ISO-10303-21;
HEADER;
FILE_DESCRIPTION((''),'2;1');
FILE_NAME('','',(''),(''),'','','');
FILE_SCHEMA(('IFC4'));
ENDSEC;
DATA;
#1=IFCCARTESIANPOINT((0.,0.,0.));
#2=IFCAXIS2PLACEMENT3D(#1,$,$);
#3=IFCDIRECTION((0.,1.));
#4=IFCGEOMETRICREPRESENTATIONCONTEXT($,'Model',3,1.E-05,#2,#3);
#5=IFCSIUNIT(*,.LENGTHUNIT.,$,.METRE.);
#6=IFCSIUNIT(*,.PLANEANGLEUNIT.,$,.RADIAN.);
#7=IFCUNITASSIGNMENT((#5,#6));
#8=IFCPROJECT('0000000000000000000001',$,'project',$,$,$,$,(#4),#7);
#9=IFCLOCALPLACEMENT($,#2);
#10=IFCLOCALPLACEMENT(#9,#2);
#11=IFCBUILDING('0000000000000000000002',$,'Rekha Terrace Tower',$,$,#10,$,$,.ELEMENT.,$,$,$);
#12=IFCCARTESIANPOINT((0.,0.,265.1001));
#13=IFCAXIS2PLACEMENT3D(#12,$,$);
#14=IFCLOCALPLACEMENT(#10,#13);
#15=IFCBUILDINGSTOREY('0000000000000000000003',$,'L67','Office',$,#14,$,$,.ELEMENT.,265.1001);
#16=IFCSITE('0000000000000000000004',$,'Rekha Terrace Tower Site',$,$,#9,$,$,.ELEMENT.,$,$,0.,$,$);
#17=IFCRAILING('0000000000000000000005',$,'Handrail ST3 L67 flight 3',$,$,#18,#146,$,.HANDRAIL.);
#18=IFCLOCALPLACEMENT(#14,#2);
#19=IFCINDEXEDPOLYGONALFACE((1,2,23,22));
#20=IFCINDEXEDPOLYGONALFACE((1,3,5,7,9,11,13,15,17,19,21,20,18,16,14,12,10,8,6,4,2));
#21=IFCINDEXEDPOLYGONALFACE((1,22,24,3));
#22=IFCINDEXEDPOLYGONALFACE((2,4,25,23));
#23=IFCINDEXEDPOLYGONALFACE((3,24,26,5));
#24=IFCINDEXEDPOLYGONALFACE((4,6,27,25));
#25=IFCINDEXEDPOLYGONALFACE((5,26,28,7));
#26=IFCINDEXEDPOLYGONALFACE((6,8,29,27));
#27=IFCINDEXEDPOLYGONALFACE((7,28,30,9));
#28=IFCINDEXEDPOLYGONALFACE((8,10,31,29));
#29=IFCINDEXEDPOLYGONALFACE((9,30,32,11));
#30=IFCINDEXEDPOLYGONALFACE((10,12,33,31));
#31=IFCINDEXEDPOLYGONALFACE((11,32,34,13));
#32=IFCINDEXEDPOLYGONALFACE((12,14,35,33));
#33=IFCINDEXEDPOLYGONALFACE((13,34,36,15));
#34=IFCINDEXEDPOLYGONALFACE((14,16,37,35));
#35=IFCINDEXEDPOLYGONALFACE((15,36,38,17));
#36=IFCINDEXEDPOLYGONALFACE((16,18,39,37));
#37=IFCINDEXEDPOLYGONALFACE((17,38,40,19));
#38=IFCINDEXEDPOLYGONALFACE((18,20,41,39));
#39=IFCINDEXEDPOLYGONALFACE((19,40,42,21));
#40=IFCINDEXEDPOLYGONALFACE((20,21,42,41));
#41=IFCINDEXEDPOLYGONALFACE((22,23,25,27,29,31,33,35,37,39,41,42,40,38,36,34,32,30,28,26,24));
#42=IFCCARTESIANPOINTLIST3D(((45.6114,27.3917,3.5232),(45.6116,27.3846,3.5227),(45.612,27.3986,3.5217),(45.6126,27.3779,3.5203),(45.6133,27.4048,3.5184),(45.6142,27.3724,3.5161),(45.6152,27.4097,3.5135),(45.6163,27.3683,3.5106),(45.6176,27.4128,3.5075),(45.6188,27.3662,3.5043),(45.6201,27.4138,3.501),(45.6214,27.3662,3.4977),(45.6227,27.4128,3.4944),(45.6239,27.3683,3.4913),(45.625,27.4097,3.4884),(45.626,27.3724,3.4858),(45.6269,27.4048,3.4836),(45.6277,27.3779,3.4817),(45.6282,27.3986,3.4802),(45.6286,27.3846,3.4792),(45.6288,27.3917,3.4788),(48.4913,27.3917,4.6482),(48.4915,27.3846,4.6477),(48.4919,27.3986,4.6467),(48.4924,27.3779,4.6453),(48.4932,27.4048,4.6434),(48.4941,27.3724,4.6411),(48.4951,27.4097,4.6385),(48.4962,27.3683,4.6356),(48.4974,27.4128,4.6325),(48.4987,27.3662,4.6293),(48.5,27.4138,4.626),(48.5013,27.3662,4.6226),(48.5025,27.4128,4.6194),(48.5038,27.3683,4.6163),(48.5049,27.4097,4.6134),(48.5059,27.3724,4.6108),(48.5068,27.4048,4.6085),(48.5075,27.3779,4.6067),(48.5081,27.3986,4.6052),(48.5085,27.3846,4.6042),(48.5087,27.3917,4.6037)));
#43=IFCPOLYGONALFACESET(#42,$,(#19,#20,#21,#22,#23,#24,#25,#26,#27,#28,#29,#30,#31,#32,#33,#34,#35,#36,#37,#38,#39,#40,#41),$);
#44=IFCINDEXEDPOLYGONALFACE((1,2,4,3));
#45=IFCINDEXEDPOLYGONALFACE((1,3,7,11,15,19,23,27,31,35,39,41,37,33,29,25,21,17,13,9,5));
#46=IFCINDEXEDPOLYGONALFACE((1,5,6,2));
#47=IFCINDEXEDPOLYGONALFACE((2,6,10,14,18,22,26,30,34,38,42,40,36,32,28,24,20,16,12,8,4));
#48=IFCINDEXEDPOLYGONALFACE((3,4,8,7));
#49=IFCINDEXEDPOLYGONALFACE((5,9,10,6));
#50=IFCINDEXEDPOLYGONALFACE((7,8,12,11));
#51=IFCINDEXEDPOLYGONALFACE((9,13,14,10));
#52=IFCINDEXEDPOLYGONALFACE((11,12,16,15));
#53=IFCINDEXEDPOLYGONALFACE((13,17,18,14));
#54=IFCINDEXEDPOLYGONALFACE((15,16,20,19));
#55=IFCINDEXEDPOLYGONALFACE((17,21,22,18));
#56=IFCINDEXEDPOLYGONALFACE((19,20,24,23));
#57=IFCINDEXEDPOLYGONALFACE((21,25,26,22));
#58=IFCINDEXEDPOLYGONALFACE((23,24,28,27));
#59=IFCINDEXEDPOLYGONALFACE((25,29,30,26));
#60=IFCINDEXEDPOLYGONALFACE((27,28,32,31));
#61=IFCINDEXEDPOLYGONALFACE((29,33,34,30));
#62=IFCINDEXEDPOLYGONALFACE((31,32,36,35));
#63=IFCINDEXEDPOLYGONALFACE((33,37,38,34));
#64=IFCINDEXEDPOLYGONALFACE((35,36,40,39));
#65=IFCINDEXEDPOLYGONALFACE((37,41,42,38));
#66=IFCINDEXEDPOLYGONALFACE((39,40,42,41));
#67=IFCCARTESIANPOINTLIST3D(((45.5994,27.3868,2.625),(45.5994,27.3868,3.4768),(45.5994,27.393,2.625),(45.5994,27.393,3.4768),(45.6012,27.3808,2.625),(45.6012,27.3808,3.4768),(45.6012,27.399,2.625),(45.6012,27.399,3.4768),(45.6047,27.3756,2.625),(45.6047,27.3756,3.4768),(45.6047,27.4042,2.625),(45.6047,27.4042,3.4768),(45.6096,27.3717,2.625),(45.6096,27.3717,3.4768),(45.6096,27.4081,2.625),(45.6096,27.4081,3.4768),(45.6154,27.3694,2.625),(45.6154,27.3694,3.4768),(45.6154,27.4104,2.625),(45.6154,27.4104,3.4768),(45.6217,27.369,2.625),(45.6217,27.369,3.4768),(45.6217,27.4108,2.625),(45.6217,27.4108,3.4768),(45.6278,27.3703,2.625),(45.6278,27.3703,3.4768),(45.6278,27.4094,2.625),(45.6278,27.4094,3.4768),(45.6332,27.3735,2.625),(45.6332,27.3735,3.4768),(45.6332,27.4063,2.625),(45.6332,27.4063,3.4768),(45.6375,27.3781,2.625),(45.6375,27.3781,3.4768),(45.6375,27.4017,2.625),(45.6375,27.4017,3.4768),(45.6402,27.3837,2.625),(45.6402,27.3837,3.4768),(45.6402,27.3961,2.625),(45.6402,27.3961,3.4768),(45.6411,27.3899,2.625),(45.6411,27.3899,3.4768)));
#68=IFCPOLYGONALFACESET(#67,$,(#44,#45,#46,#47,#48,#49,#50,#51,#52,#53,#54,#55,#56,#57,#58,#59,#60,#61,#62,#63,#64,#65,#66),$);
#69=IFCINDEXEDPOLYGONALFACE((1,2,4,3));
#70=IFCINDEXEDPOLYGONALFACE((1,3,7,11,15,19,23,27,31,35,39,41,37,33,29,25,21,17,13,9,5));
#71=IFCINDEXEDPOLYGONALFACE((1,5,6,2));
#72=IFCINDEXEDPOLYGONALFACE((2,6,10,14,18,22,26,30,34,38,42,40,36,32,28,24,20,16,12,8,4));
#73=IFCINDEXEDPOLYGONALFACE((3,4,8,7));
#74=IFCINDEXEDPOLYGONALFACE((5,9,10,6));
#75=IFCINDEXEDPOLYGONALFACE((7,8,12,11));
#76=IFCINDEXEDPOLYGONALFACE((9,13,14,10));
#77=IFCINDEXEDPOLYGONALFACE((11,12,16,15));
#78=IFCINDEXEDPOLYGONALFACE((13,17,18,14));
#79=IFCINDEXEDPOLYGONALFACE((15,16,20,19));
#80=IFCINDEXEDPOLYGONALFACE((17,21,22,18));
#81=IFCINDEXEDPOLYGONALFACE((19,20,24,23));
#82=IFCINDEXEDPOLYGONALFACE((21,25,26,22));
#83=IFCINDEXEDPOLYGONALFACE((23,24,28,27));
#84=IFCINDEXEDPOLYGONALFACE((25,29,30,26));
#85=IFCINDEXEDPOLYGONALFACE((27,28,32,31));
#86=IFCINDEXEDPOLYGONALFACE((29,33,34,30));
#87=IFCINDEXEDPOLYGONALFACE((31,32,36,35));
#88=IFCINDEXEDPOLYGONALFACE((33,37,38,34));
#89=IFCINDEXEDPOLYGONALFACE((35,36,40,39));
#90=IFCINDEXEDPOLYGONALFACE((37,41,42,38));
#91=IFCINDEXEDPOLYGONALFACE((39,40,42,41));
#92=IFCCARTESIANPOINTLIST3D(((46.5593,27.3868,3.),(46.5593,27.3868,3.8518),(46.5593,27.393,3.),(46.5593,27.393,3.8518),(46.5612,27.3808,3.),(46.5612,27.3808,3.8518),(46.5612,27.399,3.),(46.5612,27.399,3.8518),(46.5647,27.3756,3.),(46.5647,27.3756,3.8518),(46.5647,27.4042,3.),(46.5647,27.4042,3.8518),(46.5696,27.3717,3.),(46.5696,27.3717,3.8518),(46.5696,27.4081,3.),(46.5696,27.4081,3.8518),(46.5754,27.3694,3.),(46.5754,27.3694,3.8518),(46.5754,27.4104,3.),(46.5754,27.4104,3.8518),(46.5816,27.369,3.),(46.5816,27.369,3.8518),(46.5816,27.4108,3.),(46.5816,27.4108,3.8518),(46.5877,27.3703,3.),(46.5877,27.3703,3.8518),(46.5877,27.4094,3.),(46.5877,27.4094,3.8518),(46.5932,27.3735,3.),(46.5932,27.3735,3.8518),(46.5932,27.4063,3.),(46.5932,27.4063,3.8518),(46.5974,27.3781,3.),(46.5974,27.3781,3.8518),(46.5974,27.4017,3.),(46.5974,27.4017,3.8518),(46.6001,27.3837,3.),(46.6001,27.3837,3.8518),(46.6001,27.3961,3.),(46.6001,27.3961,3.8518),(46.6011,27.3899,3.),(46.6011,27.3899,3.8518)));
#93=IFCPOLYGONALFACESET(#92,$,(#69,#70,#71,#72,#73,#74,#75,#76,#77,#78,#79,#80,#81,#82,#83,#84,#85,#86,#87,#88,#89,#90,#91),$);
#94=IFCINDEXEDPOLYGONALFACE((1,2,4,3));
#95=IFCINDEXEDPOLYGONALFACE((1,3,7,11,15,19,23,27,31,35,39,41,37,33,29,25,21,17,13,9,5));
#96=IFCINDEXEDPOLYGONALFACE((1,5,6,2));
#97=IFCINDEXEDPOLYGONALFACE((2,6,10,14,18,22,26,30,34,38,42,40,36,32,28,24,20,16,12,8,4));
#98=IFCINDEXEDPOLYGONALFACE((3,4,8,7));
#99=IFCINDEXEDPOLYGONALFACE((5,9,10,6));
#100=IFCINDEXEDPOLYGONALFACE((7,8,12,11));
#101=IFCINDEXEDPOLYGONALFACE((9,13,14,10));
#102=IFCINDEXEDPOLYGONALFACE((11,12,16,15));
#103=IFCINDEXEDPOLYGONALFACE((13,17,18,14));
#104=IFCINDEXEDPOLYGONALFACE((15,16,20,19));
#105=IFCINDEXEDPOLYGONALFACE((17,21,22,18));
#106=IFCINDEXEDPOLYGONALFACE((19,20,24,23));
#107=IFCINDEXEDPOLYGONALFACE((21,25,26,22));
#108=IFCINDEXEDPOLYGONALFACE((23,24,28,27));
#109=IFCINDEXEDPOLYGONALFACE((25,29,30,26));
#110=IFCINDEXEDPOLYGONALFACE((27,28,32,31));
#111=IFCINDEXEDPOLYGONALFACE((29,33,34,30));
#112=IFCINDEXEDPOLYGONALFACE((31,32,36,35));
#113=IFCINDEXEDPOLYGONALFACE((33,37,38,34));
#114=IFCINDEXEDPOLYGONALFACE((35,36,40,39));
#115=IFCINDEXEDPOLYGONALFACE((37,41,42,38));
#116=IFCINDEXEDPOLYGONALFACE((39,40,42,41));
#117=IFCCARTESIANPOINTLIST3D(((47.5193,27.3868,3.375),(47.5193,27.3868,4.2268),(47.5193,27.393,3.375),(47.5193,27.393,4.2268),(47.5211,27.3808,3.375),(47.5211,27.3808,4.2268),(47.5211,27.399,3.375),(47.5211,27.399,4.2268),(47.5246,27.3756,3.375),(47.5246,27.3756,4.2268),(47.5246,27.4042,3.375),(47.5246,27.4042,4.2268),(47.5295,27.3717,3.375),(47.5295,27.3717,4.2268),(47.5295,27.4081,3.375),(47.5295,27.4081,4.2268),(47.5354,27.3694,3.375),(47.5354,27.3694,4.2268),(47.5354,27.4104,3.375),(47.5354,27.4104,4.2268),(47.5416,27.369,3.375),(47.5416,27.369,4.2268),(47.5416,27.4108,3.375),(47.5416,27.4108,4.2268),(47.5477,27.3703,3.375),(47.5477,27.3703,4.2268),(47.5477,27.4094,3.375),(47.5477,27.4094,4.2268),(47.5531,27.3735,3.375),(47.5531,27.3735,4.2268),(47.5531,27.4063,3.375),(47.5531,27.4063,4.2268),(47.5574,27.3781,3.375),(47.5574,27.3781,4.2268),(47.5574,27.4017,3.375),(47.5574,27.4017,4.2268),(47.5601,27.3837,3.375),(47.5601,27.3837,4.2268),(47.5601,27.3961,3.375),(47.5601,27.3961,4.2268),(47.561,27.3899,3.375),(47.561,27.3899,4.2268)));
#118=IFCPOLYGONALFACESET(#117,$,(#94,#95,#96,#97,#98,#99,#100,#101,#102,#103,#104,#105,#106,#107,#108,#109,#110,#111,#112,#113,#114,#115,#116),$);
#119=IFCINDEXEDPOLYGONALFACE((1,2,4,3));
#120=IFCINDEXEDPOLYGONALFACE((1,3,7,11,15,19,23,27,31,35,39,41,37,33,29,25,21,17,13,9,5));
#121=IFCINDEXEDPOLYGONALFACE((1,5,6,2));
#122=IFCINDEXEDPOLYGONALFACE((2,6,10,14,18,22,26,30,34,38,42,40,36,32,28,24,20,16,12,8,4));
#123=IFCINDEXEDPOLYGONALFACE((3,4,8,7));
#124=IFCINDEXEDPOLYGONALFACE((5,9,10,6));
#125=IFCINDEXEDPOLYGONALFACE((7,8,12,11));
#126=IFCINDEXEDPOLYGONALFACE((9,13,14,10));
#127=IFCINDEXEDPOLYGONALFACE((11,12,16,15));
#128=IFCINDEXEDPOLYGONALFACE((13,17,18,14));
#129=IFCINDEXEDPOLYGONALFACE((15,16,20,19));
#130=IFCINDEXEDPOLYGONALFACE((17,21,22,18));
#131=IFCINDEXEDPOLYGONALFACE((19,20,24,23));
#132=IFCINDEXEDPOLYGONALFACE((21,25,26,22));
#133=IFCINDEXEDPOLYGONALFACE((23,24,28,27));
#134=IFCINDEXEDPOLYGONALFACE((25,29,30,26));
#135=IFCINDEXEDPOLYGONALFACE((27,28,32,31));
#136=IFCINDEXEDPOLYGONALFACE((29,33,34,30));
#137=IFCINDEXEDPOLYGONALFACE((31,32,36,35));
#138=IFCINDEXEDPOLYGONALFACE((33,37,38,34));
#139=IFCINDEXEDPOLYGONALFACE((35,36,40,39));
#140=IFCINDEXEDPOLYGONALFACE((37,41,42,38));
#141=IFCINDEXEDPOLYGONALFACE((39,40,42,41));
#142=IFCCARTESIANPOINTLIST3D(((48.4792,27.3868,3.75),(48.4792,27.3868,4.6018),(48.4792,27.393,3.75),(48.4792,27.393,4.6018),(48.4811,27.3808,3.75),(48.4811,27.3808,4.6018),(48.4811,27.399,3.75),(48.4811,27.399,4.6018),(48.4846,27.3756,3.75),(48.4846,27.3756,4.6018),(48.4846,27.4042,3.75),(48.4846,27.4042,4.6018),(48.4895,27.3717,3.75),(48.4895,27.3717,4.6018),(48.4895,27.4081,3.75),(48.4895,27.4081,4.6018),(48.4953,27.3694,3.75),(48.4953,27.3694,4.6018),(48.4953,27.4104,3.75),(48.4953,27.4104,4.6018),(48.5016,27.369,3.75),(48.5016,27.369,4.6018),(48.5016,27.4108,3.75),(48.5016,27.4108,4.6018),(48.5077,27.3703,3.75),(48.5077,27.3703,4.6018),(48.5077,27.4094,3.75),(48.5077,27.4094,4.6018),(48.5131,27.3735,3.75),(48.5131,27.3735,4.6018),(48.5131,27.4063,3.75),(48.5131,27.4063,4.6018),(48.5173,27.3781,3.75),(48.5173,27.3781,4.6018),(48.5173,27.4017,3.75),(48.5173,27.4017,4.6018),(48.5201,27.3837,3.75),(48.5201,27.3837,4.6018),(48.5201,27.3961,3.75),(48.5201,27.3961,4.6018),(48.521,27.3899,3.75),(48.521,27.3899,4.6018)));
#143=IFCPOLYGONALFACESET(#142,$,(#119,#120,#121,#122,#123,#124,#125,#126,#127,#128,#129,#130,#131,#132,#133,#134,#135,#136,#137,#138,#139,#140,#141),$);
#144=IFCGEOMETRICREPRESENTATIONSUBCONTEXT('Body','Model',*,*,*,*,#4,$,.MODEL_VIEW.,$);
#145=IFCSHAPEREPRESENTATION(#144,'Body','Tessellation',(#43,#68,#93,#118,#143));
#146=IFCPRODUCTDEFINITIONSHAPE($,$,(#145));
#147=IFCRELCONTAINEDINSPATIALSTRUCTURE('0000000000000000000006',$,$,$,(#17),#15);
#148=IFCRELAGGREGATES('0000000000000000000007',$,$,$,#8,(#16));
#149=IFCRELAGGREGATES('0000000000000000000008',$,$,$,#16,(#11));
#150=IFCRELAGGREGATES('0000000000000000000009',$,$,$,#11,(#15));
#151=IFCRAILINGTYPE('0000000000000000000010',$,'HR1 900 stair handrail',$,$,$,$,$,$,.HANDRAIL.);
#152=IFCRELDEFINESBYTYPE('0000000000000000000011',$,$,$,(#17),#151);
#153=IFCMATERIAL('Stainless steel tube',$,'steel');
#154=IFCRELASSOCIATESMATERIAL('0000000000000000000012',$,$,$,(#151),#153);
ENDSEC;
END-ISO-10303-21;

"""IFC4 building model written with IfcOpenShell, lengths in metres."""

from ifc_helpers import new_model, si_unit, direction, frame, origin, origin_2d, place, context, subcontext, project, spatial, circle, extrude, material, type_object, element, save


model = new_model("IFC4")

# Units and contexts
model_context = context("Model", 3, precision=1e-05, world=origin(), true_north=direction((0.0, 1.0)))
body_context = subcontext(model_context, "Body", "Model", "MODEL_VIEW")
ifc_project = project(units=[si_unit("LENGTHUNIT", "METRE"), si_unit("PLANEANGLEUNIT", "RADIAN")], contexts=[model_context])

# Site, building, storey
site_placement = place(None, origin())
site = spatial("IfcSite", under=ifc_project, at=site_placement, Name="Rekha Terrace Tower Site", CompositionType="ELEMENT", RefElevation=0.0)
building_placement = place(site_placement, origin())
building = spatial("IfcBuilding", under=site, at=building_placement, Name="Rekha Terrace Tower", CompositionType="ELEMENT")
storey_placement = place(building_placement, frame((0.0, 0.0, 265.1001)))
storey = spatial("IfcBuildingStorey", under=building, at=storey_placement, Name="L67", Description="Office", CompositionType="ELEMENT", Elevation=265.1001)

# Railing
ifc_material_1 = material(Name="Stainless steel tube", Category="steel")
railing_type_1 = type_object("IfcRailingType", Name="HR1 900 stair handrail", PredefinedType="HANDRAIL", material=ifc_material_1)
railing_1_placement = place(storey_placement, frame((45.6201, 27.3899, 2.625)))
element("IfcRailing", 1, at=railing_1_placement, inside=storey, type_object=railing_type_1, Name="Handrail ST3 L67 flight 3", PredefinedType="HANDRAIL", context=body_context, shape_type="SweptSolid", body=[
    extrude(circle(Radius=0.0239, at=origin_2d()), frame((0.0, 0.0, 0.876), z_axis=(0.931452, 0.0, 0.363863), x_axis=(0.0, 1.0, 0.0)), (0.0, 0.0, 1.0), 3.0918),
    extrude(circle(Radius=0.021, at=origin_2d()), origin(), (0.0, 0.0, 1.0), 0.8518),
    extrude(circle(Radius=0.021, at=origin_2d()), frame((0.96, 0.0, 0.375)), (0.0, 0.0, 1.0), 0.8518),
    extrude(circle(Radius=0.021, at=origin_2d()), frame((1.9199, 0.0, 0.75)), (0.0, 0.0, 1.0), 0.8518),
    extrude(circle(Radius=0.021, at=origin_2d()), frame((2.8799, 0.0, 1.125)), (0.0, 0.0, 1.0), 0.8518),
])

save(model, "model.ifc")
